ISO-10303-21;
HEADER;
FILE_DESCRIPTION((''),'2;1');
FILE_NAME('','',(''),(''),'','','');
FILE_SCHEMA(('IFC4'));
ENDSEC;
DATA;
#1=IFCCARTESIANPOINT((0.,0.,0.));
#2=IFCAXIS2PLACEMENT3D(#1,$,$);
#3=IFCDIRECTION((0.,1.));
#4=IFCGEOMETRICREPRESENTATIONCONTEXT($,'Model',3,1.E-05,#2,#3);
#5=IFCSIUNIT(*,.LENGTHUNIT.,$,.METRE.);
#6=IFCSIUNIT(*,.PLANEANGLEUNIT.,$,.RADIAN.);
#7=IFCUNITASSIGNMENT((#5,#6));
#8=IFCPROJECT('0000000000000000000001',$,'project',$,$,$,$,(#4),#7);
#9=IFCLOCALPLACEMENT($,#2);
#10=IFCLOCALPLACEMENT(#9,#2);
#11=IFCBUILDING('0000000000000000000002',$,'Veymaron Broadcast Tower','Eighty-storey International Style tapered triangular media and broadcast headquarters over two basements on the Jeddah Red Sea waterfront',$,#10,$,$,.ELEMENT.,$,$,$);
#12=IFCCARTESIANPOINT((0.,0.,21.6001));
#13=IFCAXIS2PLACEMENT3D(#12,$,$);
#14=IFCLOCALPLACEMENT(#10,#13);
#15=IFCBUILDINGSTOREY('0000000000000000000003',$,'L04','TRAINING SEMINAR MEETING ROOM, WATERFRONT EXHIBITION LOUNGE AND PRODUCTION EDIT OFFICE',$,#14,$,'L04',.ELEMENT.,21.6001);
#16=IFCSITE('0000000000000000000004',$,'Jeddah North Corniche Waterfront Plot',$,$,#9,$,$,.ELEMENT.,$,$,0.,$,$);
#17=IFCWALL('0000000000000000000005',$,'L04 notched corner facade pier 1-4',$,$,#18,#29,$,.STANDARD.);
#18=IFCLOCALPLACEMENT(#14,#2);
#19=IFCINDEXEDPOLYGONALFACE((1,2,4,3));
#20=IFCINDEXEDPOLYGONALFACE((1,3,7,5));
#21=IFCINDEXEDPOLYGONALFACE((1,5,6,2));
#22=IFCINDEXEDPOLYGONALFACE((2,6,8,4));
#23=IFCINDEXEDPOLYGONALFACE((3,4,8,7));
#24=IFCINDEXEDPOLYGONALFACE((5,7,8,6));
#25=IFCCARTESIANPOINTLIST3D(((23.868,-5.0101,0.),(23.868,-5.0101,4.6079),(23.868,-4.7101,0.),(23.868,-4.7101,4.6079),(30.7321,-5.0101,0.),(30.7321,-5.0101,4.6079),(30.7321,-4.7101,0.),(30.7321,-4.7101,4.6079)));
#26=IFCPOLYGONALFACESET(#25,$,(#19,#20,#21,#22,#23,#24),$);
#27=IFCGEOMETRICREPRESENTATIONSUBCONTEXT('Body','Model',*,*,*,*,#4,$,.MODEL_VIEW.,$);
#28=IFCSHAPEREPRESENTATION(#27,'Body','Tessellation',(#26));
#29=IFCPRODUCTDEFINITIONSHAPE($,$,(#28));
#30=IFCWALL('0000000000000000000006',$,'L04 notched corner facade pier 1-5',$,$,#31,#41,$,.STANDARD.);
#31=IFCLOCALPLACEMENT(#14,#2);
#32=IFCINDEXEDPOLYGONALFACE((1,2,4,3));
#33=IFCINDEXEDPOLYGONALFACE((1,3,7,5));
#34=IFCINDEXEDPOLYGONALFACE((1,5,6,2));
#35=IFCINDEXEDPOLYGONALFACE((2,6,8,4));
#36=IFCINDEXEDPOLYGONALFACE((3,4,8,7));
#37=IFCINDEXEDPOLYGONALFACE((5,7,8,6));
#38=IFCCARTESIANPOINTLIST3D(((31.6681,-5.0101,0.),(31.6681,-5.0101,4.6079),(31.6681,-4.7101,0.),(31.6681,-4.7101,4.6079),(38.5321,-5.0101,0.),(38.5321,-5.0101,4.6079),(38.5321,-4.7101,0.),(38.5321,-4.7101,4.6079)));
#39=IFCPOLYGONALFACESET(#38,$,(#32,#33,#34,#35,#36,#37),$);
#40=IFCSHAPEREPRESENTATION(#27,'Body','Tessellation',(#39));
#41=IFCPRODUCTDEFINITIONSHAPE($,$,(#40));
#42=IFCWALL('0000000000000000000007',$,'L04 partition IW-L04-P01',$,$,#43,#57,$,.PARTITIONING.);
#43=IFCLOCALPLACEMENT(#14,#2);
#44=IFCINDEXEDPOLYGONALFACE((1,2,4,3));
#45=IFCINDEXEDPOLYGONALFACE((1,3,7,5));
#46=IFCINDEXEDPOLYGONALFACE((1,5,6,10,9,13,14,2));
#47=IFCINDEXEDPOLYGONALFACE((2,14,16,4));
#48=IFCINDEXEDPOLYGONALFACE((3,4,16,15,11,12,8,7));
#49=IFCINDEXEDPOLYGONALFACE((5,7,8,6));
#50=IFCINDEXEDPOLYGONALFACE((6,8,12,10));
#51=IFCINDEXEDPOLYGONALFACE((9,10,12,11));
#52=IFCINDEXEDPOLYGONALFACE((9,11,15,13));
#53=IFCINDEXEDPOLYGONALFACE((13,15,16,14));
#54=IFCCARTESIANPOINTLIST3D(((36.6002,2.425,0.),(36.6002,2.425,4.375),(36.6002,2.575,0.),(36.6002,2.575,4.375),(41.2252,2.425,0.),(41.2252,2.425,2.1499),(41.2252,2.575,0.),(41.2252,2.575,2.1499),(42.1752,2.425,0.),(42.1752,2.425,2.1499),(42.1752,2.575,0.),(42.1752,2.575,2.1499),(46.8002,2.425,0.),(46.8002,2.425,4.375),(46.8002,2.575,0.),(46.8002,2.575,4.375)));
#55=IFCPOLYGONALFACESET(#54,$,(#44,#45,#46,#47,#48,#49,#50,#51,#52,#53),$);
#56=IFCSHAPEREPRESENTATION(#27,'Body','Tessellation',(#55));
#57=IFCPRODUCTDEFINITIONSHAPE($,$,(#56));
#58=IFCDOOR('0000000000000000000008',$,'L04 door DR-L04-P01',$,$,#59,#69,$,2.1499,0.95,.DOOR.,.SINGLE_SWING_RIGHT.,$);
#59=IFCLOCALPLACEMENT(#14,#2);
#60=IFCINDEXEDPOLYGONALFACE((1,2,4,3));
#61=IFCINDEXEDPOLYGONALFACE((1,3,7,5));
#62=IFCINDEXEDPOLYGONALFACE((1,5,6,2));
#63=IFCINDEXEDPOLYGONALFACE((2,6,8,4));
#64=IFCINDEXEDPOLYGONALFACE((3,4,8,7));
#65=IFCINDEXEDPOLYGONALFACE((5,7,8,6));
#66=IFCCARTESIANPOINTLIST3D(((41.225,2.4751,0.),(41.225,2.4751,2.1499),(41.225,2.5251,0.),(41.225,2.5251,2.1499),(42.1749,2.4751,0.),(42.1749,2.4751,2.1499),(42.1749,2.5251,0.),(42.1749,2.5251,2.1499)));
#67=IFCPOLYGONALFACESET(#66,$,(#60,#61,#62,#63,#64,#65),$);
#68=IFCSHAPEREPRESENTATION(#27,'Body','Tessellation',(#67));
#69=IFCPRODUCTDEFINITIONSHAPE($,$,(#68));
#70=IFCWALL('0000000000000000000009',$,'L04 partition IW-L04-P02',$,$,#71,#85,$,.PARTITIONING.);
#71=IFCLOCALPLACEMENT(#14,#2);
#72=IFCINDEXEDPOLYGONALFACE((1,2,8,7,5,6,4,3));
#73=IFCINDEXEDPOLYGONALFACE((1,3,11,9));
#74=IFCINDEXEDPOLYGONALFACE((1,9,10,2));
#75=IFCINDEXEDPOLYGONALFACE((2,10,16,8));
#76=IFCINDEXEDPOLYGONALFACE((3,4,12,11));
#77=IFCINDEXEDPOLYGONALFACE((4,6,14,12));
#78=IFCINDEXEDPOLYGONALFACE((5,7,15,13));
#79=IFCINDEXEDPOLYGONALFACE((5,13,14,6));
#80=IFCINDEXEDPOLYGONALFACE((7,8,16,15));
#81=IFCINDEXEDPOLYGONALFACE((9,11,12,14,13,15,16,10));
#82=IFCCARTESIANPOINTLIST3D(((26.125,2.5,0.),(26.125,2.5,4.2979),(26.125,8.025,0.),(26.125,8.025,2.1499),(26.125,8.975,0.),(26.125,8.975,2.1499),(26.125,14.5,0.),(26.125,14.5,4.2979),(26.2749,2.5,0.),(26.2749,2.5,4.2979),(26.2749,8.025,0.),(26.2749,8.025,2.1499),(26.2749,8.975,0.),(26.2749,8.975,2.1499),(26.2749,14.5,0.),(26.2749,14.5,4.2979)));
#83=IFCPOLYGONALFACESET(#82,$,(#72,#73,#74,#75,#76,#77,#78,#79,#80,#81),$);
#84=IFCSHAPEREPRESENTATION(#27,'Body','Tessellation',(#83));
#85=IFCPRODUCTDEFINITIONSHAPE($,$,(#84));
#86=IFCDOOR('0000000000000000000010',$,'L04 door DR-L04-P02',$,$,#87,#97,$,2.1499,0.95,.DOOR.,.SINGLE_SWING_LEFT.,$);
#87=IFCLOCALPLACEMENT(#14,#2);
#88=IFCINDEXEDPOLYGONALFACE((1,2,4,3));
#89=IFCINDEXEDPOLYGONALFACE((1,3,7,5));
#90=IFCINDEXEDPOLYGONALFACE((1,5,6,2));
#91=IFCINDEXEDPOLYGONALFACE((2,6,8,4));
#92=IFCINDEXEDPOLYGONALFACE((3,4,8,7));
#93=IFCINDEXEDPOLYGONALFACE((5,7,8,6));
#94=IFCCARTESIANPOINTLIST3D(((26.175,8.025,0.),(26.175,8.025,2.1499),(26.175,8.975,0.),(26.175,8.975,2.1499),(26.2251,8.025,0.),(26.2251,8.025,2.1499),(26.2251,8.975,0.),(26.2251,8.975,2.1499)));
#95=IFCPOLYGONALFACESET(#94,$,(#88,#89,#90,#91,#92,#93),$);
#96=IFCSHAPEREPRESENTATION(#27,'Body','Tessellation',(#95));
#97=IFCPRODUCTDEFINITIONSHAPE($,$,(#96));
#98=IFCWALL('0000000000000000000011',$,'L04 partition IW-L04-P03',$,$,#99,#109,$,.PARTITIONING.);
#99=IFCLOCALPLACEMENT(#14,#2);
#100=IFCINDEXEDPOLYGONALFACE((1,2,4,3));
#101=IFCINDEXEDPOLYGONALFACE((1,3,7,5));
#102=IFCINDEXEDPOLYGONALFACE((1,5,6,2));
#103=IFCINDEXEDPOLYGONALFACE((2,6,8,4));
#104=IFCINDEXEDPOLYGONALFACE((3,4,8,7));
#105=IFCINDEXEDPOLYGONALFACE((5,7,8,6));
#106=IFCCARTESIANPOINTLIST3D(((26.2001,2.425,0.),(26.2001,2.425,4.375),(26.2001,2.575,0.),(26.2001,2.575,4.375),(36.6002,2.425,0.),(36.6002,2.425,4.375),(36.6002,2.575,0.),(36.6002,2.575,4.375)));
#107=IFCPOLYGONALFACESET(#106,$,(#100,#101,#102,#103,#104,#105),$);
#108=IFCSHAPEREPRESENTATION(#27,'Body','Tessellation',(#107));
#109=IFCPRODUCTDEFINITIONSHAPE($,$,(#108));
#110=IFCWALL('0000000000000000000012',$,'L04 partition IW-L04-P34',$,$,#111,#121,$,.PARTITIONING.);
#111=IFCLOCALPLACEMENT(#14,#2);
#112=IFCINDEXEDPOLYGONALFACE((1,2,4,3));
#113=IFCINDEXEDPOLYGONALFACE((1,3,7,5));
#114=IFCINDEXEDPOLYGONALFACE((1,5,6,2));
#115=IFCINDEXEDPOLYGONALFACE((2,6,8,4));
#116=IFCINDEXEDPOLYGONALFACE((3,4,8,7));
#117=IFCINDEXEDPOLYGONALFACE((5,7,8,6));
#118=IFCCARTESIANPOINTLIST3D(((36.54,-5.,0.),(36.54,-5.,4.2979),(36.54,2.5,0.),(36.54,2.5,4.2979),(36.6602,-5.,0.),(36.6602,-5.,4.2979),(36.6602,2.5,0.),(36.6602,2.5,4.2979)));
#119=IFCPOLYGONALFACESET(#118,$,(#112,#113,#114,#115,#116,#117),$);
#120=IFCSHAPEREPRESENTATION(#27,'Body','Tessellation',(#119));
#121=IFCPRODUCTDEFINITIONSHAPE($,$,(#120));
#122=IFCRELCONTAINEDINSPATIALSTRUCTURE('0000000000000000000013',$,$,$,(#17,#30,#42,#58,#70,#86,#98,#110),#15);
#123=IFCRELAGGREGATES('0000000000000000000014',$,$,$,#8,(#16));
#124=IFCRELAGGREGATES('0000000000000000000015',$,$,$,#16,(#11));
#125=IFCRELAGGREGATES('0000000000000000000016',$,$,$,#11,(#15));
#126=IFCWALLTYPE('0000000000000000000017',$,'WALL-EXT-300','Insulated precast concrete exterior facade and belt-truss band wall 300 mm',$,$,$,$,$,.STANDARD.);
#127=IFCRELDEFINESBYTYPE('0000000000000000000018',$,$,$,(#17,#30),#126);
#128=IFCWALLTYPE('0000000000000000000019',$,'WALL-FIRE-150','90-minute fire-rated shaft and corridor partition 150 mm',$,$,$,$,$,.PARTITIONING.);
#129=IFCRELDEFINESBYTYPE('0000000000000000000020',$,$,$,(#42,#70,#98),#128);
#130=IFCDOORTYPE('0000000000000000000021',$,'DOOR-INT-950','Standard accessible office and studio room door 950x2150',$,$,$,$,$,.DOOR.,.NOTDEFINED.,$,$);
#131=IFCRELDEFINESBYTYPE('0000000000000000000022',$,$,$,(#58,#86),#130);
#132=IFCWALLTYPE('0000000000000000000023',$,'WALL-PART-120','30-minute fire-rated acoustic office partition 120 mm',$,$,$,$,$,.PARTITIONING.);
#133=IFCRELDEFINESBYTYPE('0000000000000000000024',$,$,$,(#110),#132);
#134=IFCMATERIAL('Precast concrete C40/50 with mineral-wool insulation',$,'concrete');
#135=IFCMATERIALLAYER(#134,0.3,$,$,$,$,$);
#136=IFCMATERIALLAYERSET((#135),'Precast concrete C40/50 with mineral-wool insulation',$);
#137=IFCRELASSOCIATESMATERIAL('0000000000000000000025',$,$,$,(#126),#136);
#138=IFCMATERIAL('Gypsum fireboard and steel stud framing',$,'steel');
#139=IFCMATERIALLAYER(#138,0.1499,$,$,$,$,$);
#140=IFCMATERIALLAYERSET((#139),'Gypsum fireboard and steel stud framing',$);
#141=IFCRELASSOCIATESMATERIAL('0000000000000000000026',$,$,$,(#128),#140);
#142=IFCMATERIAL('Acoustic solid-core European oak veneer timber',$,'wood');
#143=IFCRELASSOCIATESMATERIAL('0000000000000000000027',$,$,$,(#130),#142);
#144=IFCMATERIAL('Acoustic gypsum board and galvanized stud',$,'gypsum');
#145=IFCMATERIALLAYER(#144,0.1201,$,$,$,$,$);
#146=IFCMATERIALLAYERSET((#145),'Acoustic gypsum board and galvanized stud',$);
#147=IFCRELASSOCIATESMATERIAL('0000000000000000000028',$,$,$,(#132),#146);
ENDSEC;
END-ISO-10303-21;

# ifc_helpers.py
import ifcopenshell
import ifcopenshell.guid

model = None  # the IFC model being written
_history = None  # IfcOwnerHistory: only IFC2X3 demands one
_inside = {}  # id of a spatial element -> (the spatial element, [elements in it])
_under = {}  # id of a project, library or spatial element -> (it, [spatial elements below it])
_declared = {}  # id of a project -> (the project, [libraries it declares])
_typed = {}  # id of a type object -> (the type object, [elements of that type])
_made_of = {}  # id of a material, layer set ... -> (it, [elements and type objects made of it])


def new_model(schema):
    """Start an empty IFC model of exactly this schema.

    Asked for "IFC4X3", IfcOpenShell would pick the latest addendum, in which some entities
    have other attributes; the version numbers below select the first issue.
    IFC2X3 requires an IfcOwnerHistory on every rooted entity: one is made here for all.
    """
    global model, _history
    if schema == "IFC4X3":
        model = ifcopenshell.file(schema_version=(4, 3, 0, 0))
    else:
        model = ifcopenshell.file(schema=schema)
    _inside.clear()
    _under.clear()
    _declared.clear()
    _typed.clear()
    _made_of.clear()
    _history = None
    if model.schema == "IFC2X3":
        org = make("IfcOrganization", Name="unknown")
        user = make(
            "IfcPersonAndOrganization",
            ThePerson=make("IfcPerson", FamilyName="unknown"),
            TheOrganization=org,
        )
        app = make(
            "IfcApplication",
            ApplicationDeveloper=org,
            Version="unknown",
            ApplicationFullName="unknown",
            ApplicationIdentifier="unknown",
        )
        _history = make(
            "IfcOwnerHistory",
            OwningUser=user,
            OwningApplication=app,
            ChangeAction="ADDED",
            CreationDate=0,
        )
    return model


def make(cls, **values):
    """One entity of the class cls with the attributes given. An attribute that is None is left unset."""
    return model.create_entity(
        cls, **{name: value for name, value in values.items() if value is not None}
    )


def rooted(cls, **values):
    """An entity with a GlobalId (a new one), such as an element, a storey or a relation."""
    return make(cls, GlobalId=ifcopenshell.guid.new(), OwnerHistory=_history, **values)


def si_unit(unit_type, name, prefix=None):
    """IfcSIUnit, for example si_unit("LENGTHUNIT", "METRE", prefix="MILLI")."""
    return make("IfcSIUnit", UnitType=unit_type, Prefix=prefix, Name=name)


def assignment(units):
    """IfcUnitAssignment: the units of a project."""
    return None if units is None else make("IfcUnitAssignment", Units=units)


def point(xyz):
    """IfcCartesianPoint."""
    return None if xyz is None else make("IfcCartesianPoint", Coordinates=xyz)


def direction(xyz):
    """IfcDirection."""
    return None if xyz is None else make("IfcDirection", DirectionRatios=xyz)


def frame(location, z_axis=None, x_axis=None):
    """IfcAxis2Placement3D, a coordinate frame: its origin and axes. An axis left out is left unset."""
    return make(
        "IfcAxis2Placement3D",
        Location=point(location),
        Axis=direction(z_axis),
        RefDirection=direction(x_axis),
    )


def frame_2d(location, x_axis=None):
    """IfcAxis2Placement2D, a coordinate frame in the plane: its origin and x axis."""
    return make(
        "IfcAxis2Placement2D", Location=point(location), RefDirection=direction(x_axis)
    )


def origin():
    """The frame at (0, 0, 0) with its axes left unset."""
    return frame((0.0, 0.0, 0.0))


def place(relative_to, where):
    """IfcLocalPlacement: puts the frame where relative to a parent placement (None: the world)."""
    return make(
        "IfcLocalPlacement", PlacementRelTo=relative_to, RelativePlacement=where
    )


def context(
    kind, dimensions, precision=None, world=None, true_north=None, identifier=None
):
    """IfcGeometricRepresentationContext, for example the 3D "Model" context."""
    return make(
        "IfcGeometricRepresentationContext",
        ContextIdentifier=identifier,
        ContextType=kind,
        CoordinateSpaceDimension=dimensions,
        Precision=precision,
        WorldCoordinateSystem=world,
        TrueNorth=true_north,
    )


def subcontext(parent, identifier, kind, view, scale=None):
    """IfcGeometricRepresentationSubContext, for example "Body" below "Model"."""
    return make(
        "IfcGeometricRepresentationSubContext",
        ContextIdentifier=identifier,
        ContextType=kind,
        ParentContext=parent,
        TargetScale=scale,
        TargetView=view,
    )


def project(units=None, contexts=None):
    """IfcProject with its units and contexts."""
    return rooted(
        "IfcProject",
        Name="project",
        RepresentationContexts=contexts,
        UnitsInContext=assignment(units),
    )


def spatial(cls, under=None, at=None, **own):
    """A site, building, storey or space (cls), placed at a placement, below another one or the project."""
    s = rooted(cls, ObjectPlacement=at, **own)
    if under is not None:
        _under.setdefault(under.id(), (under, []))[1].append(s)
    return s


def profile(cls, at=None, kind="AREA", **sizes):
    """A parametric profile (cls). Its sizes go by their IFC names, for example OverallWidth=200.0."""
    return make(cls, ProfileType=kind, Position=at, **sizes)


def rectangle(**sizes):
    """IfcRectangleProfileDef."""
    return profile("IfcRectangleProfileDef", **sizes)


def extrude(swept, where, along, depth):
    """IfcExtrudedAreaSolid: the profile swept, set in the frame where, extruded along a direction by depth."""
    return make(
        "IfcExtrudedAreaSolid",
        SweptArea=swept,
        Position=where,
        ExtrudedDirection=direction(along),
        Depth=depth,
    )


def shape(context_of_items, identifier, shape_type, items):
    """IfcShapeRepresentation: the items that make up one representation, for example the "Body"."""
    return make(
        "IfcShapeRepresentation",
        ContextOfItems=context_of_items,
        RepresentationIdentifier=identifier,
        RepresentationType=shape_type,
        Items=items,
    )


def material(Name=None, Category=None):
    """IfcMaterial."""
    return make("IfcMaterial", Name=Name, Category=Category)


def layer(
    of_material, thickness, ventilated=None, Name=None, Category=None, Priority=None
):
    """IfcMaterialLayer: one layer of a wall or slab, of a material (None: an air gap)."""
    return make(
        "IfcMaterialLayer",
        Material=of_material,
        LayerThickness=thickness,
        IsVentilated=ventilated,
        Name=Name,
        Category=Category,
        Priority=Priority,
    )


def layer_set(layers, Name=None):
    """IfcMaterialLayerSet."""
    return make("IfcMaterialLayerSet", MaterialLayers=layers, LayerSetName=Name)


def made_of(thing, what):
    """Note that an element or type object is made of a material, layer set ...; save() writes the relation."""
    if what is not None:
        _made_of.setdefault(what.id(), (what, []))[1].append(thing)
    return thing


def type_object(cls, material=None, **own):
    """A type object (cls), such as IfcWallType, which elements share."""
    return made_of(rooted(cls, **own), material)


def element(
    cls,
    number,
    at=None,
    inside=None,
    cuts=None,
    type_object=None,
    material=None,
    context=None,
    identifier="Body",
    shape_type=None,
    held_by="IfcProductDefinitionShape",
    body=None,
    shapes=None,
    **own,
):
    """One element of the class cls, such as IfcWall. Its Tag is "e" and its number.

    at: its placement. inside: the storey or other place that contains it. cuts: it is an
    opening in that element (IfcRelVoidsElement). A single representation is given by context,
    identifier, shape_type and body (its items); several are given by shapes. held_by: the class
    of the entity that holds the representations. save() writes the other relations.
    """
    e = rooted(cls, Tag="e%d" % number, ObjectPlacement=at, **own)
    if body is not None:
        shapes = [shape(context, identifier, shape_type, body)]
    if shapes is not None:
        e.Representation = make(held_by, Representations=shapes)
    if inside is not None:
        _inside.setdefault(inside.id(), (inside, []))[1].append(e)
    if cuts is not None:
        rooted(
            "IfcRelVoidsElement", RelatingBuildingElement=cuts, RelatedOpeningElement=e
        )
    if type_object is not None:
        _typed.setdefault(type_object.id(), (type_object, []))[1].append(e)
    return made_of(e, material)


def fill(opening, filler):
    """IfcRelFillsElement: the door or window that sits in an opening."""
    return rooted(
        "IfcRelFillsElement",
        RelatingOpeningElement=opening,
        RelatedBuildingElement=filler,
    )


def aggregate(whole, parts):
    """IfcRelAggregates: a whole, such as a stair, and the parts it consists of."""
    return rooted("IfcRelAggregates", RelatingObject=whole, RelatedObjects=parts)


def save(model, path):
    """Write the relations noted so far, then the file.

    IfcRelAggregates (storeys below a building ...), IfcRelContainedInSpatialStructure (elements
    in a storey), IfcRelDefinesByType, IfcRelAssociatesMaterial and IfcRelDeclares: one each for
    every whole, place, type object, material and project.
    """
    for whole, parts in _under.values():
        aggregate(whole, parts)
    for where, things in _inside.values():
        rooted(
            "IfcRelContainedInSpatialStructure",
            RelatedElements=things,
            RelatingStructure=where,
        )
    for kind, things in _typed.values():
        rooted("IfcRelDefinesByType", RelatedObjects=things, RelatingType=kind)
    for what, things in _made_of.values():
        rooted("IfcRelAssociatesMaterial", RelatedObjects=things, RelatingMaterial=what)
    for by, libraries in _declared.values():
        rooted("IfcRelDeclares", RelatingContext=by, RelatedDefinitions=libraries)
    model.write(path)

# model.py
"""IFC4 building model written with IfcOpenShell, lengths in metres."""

from ifc_helpers import new_model, si_unit, direction, frame, frame_2d, origin, place, context, subcontext, project, spatial, rectangle, extrude, material, layer, layer_set, type_object, element, fill, save


model = new_model("IFC4")

# Units and contexts
model_context = context("Model", 3, precision=1e-05, world=origin(), true_north=direction((0.0, 1.0)))
body_context = subcontext(model_context, "Body", "Model", "MODEL_VIEW")
ifc_project = project(units=[si_unit("LENGTHUNIT", "METRE"), si_unit("PLANEANGLEUNIT", "RADIAN")], contexts=[model_context])

# Site, building, storey
site_placement = place(None, origin())
site = spatial("IfcSite", under=ifc_project, at=site_placement, Name="Jeddah North Corniche Waterfront Plot", CompositionType="ELEMENT", RefElevation=0.0)
building_placement = place(site_placement, origin())
building = spatial("IfcBuilding", under=site, at=building_placement, Name="Veymaron Broadcast Tower", Description="Eighty-storey International Style tapered triangular media and broadcast headquarters over two basements on the Jeddah Red Sea waterfront", CompositionType="ELEMENT")
storey_placement = place(building_placement, frame((0.0, 0.0, 21.6001)))
storey = spatial("IfcBuildingStorey", under=building, at=storey_placement, Name="L04", Description="TRAINING SEMINAR MEETING ROOM, WATERFRONT EXHIBITION LOUNGE AND PRODUCTION EDIT OFFICE", LongName="L04", CompositionType="ELEMENT", Elevation=21.6001)

# Walls
ifc_material_1 = material(Name="Precast concrete C40/50 with mineral-wool insulation", Category="concrete")
ifc_layer_1 = layer(ifc_material_1, 0.3)
ifc_layer_set_1 = layer_set([ifc_layer_1], Name="Precast concrete C40/50 with mineral-wool insulation")
wall_type_1 = type_object("IfcWallType", Name="WALL-EXT-300", Description="Insulated precast concrete exterior facade and belt-truss band wall 300 mm", PredefinedType="STANDARD", material=ifc_layer_set_1)
for number, where, z_axis, x_axis, name in (
    (1, (23.8679, -4.8601, 0.0), (0.0, 0.0, 1.0), (1.0, 0.0, 0.0), "L04 notched corner facade pier 1-4"),
    (2, (31.668, -4.8601, 0.0), (0.0, 0.0, 1.0), (1.0, 0.0, 0.0), "L04 notched corner facade pier 1-5"),
):
    element("IfcWall", number, at=place(storey_placement, frame(where, z_axis=z_axis, x_axis=x_axis)), inside=storey, type_object=wall_type_1, Name=name, PredefinedType="STANDARD", context=body_context, shape_type="SweptSolid", body=[
        extrude(rectangle(XDim=6.864, YDim=0.3, at=frame_2d((3.4321, 0.0))), origin(), (0.0, 0.0, 1.0), 4.6079),
    ])

# Walls, openings, doors
ifc_material_2 = material(Name="Gypsum fireboard and steel stud framing", Category="steel")
ifc_layer_2 = layer(ifc_material_2, 0.1499)
ifc_layer_set_2 = layer_set([ifc_layer_2], Name="Gypsum fireboard and steel stud framing")
wall_type_2 = type_object("IfcWallType", Name="WALL-FIRE-150", Description="90-minute fire-rated shaft and corridor partition 150 mm", PredefinedType="PARTITIONING", material=ifc_layer_set_2)
wall_1_placement = place(storey_placement, frame((36.6001, 2.5, 0.0), z_axis=(0.0, 0.0, 1.0), x_axis=(1.0, 0.0, 0.0)))
wall_1 = element("IfcWall", 3, at=wall_1_placement, inside=storey, type_object=wall_type_2, Name="L04 partition IW-L04-P01", PredefinedType="PARTITIONING", context=body_context, shape_type="SweptSolid", body=[
    extrude(rectangle(XDim=10.2, YDim=0.1499, at=frame_2d((5.1001, 0.0))), origin(), (0.0, 0.0, 1.0), 4.375),
])
opening_1_placement = place(wall_1_placement, frame((4.625, 0.0, 0.0)))
opening_1 = element("IfcOpeningElement", 4, at=opening_1_placement, cuts=wall_1, PredefinedType="OPENING", context=body_context, shape_type="SweptSolid", body=[
    extrude(rectangle(XDim=0.95, YDim=2.1499, at=frame_2d((0.4751, 1.075))), frame((0.0, 0.085, 0.0), z_axis=(0.0, -1.0, 0.0), x_axis=(1.0, 0.0, 0.0)), (0.0, 0.0, 1.0), 0.1699),
])
ifc_material_3 = material(Name="Acoustic solid-core European oak veneer timber", Category="wood")
door_type = type_object("IfcDoorType", Name="DOOR-INT-950", Description="Standard accessible office and studio room door 950x2150", OperationType="NOTDEFINED", PredefinedType="DOOR", material=ifc_material_3)
door_1_placement = place(opening_1_placement, frame((0.95, 0.0, 0.0), z_axis=(0.0, 0.0, 1.0), x_axis=(-1.0, 0.0, 0.0)))
door_1 = element("IfcDoor", 5, at=door_1_placement, inside=storey, type_object=door_type, Name="L04 door DR-L04-P01", OperationType="SINGLE_SWING_RIGHT", OverallHeight=2.1499, OverallWidth=0.95, PredefinedType="DOOR", context=body_context, shape_type="SweptSolid", body=[
    extrude(rectangle(XDim=0.95, YDim=2.1499, at=frame_2d((0.4751, 1.075))), frame((0.0, 0.0249, 0.0), z_axis=(0.0, -1.0, 0.0), x_axis=(1.0, 0.0, 0.0)), (0.0, 0.0, 1.0), 0.05),
])
fill(opening_1, door_1)
wall_2_placement = place(storey_placement, frame((26.2, 2.5, 0.0), z_axis=(0.0, 0.0, 1.0), x_axis=(0.0, 1.0, 0.0)))
wall_2 = element("IfcWall", 6, at=wall_2_placement, inside=storey, type_object=wall_type_2, Name="L04 partition IW-L04-P02", PredefinedType="PARTITIONING", context=body_context, shape_type="SweptSolid", body=[
    extrude(rectangle(XDim=12.0, YDim=0.1499, at=frame_2d((6.0, 0.0))), origin(), (0.0, 0.0, 1.0), 4.2979),
])
opening_2_placement = place(wall_2_placement, frame((5.5249, 0.0, 0.0)))
opening_2 = element("IfcOpeningElement", 7, at=opening_2_placement, cuts=wall_2, PredefinedType="OPENING", context=body_context, shape_type="SweptSolid", body=[
    extrude(rectangle(XDim=0.95, YDim=2.1499, at=frame_2d((0.4751, 1.075))), frame((0.0, 0.085, 0.0), z_axis=(0.0, -1.0, 0.0), x_axis=(1.0, 0.0, 0.0)), (0.0, 0.0, 1.0), 0.1699),
])
door_2_placement = place(opening_2_placement, origin())
door_2 = element("IfcDoor", 8, at=door_2_placement, inside=storey, type_object=door_type, Name="L04 door DR-L04-P02", OperationType="SINGLE_SWING_LEFT", OverallHeight=2.1499, OverallWidth=0.95, PredefinedType="DOOR", context=body_context, shape_type="SweptSolid", body=[
    extrude(rectangle(XDim=0.95, YDim=2.1499, at=frame_2d((0.4751, 1.075))), frame((0.0, 0.0249, 0.0), z_axis=(0.0, -1.0, 0.0), x_axis=(1.0, 0.0, 0.0)), (0.0, 0.0, 1.0), 0.05),
])
fill(opening_2, door_2)

# Walls
wall_3_placement = place(storey_placement, frame((26.2, 2.5, 0.0), z_axis=(0.0, 0.0, 1.0), x_axis=(1.0, 0.0, 0.0)))
element("IfcWall", 9, at=wall_3_placement, inside=storey, type_object=wall_type_2, Name="L04 partition IW-L04-P03", PredefinedType="PARTITIONING", context=body_context, shape_type="SweptSolid", body=[
    extrude(rectangle(XDim=10.4001, YDim=0.1499, at=frame_2d((5.2002, 0.0))), origin(), (0.0, 0.0, 1.0), 4.375),
])
ifc_material_4 = material(Name="Acoustic gypsum board and galvanized stud", Category="gypsum")
ifc_layer_3 = layer(ifc_material_4, 0.1201)
ifc_layer_set_3 = layer_set([ifc_layer_3], Name="Acoustic gypsum board and galvanized stud")
wall_type_3 = type_object("IfcWallType", Name="WALL-PART-120", Description="30-minute fire-rated acoustic office partition 120 mm", PredefinedType="PARTITIONING", material=ifc_layer_set_3)
wall_4_placement = place(storey_placement, frame((36.6001, -5.0, 0.0), z_axis=(0.0, 0.0, 1.0), x_axis=(0.0, 1.0, 0.0)))
element("IfcWall", 10, at=wall_4_placement, inside=storey, type_object=wall_type_3, Name="L04 partition IW-L04-P34", PredefinedType="PARTITIONING", context=body_context, shape_type="SweptSolid", body=[
    extrude(rectangle(XDim=7.5, YDim=0.1201, at=frame_2d((3.75, 0.0))), origin(), (0.0, 0.0, 1.0), 4.2979),
])

save(model, "model.ifc")
